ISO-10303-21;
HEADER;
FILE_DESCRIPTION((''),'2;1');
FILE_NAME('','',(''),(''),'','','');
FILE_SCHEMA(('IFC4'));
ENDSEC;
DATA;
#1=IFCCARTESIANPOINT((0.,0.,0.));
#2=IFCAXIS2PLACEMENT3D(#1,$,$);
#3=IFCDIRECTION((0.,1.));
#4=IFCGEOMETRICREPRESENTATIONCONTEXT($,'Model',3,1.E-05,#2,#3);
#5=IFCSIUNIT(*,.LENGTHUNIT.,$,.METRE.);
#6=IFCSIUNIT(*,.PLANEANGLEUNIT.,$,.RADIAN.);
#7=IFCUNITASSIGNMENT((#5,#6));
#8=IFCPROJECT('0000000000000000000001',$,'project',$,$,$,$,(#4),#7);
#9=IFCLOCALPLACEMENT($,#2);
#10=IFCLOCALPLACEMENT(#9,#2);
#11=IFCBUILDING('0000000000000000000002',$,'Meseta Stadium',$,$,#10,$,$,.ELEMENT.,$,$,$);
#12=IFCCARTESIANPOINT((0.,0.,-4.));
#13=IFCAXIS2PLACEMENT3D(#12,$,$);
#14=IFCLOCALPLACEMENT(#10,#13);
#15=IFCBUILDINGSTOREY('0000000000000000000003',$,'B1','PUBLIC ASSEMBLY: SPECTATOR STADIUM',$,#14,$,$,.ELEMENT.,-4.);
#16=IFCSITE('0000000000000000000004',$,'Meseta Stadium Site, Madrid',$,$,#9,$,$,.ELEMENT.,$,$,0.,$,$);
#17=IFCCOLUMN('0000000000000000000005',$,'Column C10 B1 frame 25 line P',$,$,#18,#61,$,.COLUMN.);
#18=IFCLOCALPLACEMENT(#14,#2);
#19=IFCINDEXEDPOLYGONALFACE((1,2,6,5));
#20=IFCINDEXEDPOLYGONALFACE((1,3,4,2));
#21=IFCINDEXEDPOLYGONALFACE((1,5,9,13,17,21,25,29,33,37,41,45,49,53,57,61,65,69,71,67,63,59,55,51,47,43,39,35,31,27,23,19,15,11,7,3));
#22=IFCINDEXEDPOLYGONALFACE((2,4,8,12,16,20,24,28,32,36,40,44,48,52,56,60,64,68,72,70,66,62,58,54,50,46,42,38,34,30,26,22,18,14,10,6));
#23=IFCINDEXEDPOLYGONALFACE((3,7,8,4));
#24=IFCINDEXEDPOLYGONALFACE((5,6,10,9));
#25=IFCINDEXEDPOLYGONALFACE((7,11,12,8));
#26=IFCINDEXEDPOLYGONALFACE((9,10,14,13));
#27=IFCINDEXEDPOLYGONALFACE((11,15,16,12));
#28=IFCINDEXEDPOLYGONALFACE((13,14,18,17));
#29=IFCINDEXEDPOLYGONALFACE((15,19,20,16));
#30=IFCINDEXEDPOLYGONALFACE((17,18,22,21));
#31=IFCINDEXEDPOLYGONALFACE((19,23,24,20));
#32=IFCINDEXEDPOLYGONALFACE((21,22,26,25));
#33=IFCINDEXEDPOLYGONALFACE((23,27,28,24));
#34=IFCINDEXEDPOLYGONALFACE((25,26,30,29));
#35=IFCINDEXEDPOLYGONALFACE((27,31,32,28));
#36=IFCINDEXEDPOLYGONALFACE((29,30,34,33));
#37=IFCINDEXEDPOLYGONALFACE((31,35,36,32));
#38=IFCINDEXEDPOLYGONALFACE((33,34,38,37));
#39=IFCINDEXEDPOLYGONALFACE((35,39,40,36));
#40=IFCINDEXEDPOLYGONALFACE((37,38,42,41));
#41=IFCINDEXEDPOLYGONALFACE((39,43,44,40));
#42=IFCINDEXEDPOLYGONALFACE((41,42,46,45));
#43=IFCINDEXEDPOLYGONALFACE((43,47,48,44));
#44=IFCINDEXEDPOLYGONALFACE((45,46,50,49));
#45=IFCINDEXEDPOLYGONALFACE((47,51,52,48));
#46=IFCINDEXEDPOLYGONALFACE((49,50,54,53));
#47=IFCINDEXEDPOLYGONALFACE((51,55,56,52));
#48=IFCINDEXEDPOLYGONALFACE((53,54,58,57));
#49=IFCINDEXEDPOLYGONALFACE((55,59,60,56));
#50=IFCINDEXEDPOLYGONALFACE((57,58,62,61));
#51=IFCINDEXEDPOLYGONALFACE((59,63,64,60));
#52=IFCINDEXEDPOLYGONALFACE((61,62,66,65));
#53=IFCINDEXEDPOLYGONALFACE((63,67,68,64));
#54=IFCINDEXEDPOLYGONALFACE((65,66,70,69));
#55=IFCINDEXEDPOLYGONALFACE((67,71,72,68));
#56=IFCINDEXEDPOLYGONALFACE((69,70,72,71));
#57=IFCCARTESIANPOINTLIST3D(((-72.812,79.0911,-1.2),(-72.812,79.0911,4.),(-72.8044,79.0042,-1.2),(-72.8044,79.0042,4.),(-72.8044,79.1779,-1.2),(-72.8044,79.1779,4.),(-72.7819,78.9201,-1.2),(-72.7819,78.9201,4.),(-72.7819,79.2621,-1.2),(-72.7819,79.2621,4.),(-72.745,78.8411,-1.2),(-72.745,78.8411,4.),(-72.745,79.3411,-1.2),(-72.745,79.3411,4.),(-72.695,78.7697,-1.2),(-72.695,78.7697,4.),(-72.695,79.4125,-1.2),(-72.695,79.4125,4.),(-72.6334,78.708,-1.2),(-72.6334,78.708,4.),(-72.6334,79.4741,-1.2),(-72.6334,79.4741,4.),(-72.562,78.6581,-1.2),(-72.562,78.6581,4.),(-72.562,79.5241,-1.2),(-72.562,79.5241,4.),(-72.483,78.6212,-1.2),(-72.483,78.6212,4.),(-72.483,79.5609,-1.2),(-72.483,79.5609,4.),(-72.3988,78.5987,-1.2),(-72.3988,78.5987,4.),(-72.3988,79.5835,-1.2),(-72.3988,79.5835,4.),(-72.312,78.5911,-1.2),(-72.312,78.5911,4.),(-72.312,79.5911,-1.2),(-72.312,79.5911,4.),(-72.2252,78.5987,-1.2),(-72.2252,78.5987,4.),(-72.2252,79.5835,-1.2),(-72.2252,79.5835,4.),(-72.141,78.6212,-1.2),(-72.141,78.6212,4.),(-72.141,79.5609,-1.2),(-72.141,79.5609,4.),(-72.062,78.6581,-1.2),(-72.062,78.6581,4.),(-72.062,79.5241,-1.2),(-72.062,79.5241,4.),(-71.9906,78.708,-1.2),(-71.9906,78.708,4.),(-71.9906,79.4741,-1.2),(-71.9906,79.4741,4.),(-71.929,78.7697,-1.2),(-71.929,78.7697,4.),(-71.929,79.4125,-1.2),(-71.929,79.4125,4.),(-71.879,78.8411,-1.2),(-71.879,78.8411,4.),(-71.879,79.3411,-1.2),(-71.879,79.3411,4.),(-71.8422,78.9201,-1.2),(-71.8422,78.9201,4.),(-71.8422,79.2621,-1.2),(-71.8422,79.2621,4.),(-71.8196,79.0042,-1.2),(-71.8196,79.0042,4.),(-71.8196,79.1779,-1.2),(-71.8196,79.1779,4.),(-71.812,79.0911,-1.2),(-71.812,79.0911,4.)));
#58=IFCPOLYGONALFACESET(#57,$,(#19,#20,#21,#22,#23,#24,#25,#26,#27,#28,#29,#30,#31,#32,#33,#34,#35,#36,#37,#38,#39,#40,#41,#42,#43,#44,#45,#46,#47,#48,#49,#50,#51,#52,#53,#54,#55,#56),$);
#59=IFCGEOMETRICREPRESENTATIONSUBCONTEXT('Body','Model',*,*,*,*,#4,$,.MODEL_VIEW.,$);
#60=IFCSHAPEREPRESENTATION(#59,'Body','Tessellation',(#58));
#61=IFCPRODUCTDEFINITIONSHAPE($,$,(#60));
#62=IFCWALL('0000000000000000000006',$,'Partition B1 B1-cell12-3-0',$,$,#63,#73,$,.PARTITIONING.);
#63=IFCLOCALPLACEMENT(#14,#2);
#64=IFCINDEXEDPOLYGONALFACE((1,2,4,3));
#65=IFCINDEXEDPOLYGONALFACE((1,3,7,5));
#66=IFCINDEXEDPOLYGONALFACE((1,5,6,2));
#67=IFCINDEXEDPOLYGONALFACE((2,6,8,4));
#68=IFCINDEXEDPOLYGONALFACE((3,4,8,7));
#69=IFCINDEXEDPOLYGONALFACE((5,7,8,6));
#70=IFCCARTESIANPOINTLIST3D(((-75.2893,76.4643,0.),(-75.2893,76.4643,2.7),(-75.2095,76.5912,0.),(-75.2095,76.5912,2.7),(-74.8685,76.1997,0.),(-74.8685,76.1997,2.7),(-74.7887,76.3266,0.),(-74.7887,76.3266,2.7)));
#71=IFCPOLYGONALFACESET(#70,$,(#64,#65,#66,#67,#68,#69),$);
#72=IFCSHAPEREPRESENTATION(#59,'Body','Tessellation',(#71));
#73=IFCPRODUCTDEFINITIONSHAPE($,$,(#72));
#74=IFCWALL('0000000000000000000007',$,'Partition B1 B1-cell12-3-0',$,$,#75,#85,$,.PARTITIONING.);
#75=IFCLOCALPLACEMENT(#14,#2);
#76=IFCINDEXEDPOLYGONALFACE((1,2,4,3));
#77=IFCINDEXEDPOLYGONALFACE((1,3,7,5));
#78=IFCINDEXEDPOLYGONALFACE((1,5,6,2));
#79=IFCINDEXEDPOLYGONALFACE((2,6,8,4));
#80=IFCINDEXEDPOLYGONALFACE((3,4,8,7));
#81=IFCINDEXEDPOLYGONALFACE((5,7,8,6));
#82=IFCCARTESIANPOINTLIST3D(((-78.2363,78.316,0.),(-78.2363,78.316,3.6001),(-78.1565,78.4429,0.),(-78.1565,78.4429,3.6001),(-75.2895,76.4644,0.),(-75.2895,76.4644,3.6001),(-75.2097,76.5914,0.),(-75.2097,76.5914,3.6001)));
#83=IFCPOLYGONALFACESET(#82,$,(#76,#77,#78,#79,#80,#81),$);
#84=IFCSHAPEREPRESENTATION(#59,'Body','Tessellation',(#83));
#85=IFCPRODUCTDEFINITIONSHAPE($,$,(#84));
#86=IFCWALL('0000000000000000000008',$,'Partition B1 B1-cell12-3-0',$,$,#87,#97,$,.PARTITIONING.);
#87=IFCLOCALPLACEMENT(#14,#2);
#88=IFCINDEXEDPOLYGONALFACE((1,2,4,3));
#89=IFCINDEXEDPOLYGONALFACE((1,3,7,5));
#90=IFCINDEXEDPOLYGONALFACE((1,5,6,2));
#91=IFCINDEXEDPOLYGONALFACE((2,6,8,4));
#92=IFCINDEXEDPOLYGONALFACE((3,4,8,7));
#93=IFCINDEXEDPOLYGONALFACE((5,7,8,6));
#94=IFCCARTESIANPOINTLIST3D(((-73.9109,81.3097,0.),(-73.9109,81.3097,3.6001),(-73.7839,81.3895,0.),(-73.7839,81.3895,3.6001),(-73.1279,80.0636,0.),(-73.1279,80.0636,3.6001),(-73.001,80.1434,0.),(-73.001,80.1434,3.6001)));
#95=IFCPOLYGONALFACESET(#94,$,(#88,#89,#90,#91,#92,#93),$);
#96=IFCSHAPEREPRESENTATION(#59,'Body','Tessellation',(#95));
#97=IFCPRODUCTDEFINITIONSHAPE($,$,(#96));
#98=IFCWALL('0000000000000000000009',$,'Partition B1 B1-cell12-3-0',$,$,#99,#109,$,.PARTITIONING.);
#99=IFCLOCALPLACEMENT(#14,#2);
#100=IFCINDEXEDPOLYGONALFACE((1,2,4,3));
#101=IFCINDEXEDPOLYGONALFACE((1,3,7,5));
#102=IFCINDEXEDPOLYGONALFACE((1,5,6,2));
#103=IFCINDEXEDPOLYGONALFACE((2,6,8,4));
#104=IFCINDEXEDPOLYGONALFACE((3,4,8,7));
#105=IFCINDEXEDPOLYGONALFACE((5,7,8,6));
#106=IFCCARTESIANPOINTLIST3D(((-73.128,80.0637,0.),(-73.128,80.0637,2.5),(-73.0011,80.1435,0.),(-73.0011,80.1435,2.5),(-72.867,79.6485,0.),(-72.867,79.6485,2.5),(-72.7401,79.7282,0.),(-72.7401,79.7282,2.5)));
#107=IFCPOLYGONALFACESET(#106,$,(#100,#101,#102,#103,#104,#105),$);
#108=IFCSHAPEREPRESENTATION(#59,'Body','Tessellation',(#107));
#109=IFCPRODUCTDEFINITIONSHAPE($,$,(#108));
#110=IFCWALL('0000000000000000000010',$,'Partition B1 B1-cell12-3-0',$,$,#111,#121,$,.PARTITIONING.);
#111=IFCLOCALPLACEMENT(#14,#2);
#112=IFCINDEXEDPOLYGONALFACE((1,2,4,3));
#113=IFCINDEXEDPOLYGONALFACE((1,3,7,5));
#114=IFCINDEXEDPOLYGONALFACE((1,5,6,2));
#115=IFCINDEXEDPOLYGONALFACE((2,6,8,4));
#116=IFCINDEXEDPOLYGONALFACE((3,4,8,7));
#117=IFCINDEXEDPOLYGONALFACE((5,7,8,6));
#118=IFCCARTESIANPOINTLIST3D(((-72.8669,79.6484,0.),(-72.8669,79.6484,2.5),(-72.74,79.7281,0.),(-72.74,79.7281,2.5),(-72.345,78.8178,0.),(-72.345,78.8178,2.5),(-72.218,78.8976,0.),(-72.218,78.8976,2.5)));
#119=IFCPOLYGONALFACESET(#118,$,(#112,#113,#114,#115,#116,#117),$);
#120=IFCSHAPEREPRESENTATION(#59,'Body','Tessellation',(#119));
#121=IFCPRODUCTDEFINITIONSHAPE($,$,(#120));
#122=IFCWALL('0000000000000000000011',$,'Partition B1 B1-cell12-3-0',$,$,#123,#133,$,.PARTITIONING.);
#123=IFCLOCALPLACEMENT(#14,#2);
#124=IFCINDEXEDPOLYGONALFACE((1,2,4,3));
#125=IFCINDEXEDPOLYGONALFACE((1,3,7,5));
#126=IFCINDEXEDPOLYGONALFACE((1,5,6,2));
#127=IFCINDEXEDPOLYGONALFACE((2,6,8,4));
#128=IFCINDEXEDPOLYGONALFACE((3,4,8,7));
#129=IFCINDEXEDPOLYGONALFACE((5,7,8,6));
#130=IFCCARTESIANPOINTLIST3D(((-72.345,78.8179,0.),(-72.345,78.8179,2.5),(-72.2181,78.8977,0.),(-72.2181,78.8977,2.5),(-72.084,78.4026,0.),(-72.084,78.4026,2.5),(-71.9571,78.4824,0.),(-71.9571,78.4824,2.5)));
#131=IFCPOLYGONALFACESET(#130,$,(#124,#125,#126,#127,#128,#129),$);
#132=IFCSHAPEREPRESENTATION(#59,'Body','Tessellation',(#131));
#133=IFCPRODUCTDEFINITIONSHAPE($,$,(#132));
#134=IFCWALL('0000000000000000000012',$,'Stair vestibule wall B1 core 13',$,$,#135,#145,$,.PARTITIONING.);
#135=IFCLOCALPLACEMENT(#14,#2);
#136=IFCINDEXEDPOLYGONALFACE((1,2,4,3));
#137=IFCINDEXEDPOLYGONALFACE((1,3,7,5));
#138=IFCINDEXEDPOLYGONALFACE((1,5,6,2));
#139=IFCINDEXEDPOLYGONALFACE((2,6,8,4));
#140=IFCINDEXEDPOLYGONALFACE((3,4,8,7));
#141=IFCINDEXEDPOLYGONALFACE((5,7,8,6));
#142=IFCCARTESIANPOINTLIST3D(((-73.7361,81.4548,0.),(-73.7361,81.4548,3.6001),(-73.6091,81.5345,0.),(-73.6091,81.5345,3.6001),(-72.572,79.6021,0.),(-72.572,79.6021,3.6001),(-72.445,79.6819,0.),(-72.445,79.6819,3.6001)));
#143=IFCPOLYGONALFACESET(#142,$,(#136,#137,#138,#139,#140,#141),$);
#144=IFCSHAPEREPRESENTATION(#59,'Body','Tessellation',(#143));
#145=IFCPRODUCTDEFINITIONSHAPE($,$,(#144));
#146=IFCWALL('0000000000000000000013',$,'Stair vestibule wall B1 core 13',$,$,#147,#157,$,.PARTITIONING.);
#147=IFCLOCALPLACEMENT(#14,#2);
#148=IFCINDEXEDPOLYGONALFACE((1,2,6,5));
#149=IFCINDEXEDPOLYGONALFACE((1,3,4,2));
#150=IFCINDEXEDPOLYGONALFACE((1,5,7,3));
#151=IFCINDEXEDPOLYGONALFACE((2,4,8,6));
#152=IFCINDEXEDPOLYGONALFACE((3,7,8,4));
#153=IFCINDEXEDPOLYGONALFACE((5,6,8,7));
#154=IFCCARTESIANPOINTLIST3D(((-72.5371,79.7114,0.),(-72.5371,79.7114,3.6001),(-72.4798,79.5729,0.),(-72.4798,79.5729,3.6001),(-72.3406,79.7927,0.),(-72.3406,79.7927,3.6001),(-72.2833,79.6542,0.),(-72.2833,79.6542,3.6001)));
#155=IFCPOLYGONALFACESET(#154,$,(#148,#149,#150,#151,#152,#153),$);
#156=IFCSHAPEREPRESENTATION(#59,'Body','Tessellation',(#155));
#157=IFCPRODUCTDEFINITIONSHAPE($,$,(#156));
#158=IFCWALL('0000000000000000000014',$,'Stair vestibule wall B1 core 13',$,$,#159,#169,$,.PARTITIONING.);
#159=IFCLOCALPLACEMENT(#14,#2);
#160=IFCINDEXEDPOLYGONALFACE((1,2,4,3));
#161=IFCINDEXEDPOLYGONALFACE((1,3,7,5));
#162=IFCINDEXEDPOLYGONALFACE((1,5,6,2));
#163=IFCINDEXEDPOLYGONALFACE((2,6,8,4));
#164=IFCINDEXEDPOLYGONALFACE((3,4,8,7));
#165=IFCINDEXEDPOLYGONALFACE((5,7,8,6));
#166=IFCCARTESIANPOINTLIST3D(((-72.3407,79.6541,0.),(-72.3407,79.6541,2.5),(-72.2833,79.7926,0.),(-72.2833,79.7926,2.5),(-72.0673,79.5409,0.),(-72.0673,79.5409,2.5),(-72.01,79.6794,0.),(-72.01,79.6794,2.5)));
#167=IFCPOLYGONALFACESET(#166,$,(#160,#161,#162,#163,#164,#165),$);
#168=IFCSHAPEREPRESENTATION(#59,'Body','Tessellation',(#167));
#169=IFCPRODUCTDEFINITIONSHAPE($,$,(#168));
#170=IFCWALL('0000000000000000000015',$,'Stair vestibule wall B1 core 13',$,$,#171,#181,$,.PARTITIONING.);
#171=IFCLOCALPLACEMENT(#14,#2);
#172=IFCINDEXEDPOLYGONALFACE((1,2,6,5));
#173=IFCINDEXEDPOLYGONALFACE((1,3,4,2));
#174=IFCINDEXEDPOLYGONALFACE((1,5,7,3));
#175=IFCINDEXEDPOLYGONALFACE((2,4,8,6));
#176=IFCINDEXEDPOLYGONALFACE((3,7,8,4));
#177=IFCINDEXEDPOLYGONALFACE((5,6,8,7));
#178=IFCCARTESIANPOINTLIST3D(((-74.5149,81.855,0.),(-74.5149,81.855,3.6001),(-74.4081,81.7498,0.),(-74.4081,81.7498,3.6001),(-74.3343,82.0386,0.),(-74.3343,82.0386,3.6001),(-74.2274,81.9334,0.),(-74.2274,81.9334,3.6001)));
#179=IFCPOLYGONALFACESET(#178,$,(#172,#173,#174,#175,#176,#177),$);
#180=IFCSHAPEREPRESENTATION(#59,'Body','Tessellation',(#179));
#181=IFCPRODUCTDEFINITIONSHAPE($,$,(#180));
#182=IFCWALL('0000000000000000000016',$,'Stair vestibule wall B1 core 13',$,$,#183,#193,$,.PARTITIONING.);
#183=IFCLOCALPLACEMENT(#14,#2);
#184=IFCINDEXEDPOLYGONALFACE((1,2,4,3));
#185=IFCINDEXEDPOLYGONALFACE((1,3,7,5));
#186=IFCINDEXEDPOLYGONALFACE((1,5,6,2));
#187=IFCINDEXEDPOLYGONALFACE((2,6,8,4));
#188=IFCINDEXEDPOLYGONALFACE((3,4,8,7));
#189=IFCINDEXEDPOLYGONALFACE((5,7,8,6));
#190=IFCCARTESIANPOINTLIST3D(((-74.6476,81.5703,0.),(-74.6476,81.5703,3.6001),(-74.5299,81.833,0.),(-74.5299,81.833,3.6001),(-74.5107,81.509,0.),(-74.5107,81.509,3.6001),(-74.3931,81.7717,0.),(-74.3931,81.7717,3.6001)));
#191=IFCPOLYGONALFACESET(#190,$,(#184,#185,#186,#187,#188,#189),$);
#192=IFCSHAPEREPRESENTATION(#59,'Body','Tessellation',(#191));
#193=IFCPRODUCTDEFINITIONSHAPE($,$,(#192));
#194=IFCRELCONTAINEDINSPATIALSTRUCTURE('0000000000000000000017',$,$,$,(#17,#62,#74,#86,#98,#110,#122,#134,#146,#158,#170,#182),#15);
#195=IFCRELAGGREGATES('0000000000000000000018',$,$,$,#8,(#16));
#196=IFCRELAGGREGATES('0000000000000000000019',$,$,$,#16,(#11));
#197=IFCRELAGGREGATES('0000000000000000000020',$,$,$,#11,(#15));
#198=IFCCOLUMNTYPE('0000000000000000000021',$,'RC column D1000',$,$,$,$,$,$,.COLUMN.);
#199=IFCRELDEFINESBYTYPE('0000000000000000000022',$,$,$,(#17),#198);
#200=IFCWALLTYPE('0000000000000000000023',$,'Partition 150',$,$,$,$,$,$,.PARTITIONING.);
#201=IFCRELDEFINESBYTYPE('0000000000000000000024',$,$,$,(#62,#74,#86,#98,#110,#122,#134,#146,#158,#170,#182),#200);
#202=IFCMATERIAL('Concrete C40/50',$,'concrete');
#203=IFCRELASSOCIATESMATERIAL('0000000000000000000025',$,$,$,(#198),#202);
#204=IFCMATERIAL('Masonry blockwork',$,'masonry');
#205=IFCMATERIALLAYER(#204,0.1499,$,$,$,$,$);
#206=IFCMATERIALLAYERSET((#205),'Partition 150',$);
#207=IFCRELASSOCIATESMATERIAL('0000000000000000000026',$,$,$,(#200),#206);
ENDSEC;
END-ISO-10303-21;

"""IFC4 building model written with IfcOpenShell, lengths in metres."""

from ifc_helpers import new_model, si_unit, direction, frame, frame_2d, origin, origin_2d, place, context, subcontext, project, spatial, rectangle, circle, extrude, material, layer, layer_set, material_profile, profile_set, type_object, element, save


model = new_model("IFC4")

# Units and contexts
model_context = context("Model", 3, precision=1e-05, world=origin(), true_north=direction((0.0, 1.0)))
body_context = subcontext(model_context, "Body", "Model", "MODEL_VIEW")
ifc_project = project(units=[si_unit("LENGTHUNIT", "METRE"), si_unit("PLANEANGLEUNIT", "RADIAN")], contexts=[model_context])

# Site, building, storey
site_placement = place(None, origin())
site = spatial("IfcSite", under=ifc_project, at=site_placement, Name="Meseta Stadium Site, Madrid", CompositionType="ELEMENT", RefElevation=0.0)
building_placement = place(site_placement, origin())
building = spatial("IfcBuilding", under=site, at=building_placement, Name="Meseta Stadium", CompositionType="ELEMENT")
storey_placement = place(building_placement, frame((0.0, 0.0, -4.0)))
storey = spatial("IfcBuildingStorey", under=building, at=storey_placement, Name="B1", Description="PUBLIC ASSEMBLY: SPECTATOR STADIUM", CompositionType="ELEMENT", Elevation=-4.0)

# Column
ifc_material_1 = material(Name="Concrete C40/50", Category="concrete")
ifc_material_profile = material_profile(ifc_material_1, circle(Radius=0.5, at=origin_2d()), Name="RC D1000")
ifc_profile_set = profile_set([ifc_material_profile], Name="Concrete C40/50")
column_type = type_object("IfcColumnType", Name="RC column D1000", PredefinedType="COLUMN", material=ifc_profile_set)
column_placement = place(storey_placement, frame((-72.312, 79.0911, -1.2), z_axis=(0.0, 0.0, 1.0), x_axis=(1.0, 0.0, 0.0)))
element("IfcColumn", 1, at=column_placement, inside=storey, type_object=column_type, Name="Column C10 B1 frame 25 line P", PredefinedType="COLUMN", context=body_context, shape_type="SweptSolid", body=[
    extrude(circle(Radius=0.5, at=origin_2d()), origin(), (0.0, 0.0, 1.0), 5.2),
])

# Walls
ifc_material_2 = material(Name="Masonry blockwork", Category="masonry")
ifc_layer = layer(ifc_material_2, 0.1499)
ifc_layer_set = layer_set([ifc_layer], Name="Partition 150")
wall_type = type_object("IfcWallType", Name="Partition 150", PredefinedType="PARTITIONING", material=ifc_layer_set)
wall_1_placement = place(storey_placement, frame((-74.8286, 76.2632, 0.0), z_axis=(0.0, 0.0, 1.0), x_axis=(-0.846561, 0.532292, 0.0)))
element("IfcWall", 2, at=wall_1_placement, inside=storey, type_object=wall_type, Name="Partition B1 B1-cell12-3-0", PredefinedType="PARTITIONING", context=body_context, shape_type="SweptSolid", body=[
    extrude(rectangle(XDim=0.4971, YDim=0.1499, at=frame_2d((0.2485, 0.0))), origin(), (0.0, 0.0, 1.0), 2.7),
])
wall_2_placement = place(storey_placement, frame((-75.2495, 76.5278, 0.0), z_axis=(0.0, 0.0, 1.0), x_axis=(-0.846727, 0.532028, 0.0)))
element("IfcWall", 3, at=wall_2_placement, inside=storey, type_object=wall_type, Name="Partition B1 B1-cell12-3-0", PredefinedType="PARTITIONING", context=body_context, shape_type="SweptSolid", body=[
    extrude(rectangle(XDim=3.4802, YDim=0.1499, at=frame_2d((1.7402, 0.0))), origin(), (0.0, 0.0, 1.0), 3.6001),
])
wall_3_placement = place(storey_placement, frame((-73.8474, 81.3496, 0.0), z_axis=(0.0, 0.0, 1.0), x_axis=(0.532025, -0.846728, 0.0)))
element("IfcWall", 4, at=wall_3_placement, inside=storey, type_object=wall_type, Name="Partition B1 B1-cell12-3-0", PredefinedType="PARTITIONING", context=body_context, shape_type="SweptSolid", body=[
    extrude(rectangle(XDim=1.4717, YDim=0.1499, at=frame_2d((0.7358, 0.0))), origin(), (0.0, 0.0, 1.0), 3.6001),
])
wall_4_placement = place(storey_placement, frame((-73.0645, 80.1035, 0.0), z_axis=(0.0, 0.0, 1.0), x_axis=(0.5321, -0.846681, 0.0)))
element("IfcWall", 5, at=wall_4_placement, inside=storey, type_object=wall_type, Name="Partition B1 B1-cell12-3-0", PredefinedType="PARTITIONING", context=body_context, shape_type="SweptSolid", body=[
    extrude(rectangle(XDim=0.4905, YDim=0.1499, at=frame_2d((0.2451, 0.0))), origin(), (0.0, 0.0, 1.0), 2.5),
])
wall_5_placement = place(storey_placement, frame((-72.8035, 79.6882, 0.0), z_axis=(0.0, 0.0, 1.0), x_axis=(0.5321, -0.846681, 0.0)))
element("IfcWall", 6, at=wall_5_placement, inside=storey, type_object=wall_type, Name="Partition B1 B1-cell12-3-0", PredefinedType="PARTITIONING", context=body_context, shape_type="SweptSolid", body=[
    extrude(rectangle(XDim=0.981, YDim=0.1499, at=frame_2d((0.4905, 0.0))), origin(), (0.0, 0.0, 1.0), 2.5),
])
wall_6_placement = place(storey_placement, frame((-72.2815, 78.8577, 0.0), z_axis=(0.0, 0.0, 1.0), x_axis=(0.5321, -0.846681, 0.0)))
element("IfcWall", 7, at=wall_6_placement, inside=storey, type_object=wall_type, Name="Partition B1 B1-cell12-3-0", PredefinedType="PARTITIONING", context=body_context, shape_type="SweptSolid", body=[
    extrude(rectangle(XDim=0.4905, YDim=0.1499, at=frame_2d((0.2451, 0.0))), origin(), (0.0, 0.0, 1.0), 2.5),
])
wall_7_placement = place(storey_placement, frame((-73.6726, 81.4946, 0.0), z_axis=(0.0, 0.0, 1.0), x_axis=(0.532044, -0.846717, 0.0)))
element("IfcWall", 8, at=wall_7_placement, inside=storey, type_object=wall_type, Name="Stair vestibule wall B1 core 13", PredefinedType="PARTITIONING", context=body_context, shape_type="SweptSolid", body=[
    extrude(rectangle(XDim=2.188, YDim=0.1499, at=frame_2d((1.094, 0.0))), origin(), (0.0, 0.0, 1.0), 3.6001),
])
wall_8_placement = place(storey_placement, frame((-72.5085, 79.6421, 0.0), z_axis=(0.0, 0.0, 1.0), x_axis=(0.924059, 0.38225, 0.0)))
element("IfcWall", 9, at=wall_8_placement, inside=storey, type_object=wall_type, Name="Stair vestibule wall B1 core 13", PredefinedType="PARTITIONING", context=body_context, shape_type="SweptSolid", body=[
    extrude(rectangle(XDim=0.2126, YDim=0.1499, at=frame_2d((0.1064, 0.0))), origin(), (0.0, 0.0, 1.0), 3.6001),
])
wall_9_placement = place(storey_placement, frame((-72.312, 79.7234, 0.0), z_axis=(0.0, 0.0, 1.0), x_axis=(0.923856, -0.38274, 0.0)))
element("IfcWall", 10, at=wall_9_placement, inside=storey, type_object=wall_type, Name="Stair vestibule wall B1 core 13", PredefinedType="PARTITIONING", context=body_context, shape_type="SweptSolid", body=[
    extrude(rectangle(XDim=0.2959, YDim=0.1499, at=frame_2d((0.1479, 0.0))), origin(), (0.0, 0.0, 1.0), 2.5),
])
wall_10_placement = place(storey_placement, frame((-74.2808, 81.9861, 0.0), z_axis=(0.0, 0.0, 1.0), x_axis=(-0.701397, -0.712771, 0.0)))
element("IfcWall", 11, at=wall_10_placement, inside=storey, type_object=wall_type, Name="Stair vestibule wall B1 core 13", PredefinedType="PARTITIONING", context=body_context, shape_type="SweptSolid", body=[
    extrude(rectangle(XDim=0.2576, YDim=0.1499, at=frame_2d((0.1289, 0.0))), origin(), (0.0, 0.0, 1.0), 3.6001),
])
wall_11_placement = place(storey_placement, frame((-74.4614, 81.8025, 0.0), z_axis=(0.0, 0.0, 1.0), x_axis=(-0.408812, -0.912618, 0.0)))
element("IfcWall", 12, at=wall_11_placement, inside=storey, type_object=wall_type, Name="Stair vestibule wall B1 core 13", PredefinedType="PARTITIONING", context=body_context, shape_type="SweptSolid", body=[
    extrude(rectangle(XDim=0.2878, YDim=0.1499, at=frame_2d((0.144, 0.0))), origin(), (0.0, 0.0, 1.0), 3.6001),
])

save(model, "model.ifc")
